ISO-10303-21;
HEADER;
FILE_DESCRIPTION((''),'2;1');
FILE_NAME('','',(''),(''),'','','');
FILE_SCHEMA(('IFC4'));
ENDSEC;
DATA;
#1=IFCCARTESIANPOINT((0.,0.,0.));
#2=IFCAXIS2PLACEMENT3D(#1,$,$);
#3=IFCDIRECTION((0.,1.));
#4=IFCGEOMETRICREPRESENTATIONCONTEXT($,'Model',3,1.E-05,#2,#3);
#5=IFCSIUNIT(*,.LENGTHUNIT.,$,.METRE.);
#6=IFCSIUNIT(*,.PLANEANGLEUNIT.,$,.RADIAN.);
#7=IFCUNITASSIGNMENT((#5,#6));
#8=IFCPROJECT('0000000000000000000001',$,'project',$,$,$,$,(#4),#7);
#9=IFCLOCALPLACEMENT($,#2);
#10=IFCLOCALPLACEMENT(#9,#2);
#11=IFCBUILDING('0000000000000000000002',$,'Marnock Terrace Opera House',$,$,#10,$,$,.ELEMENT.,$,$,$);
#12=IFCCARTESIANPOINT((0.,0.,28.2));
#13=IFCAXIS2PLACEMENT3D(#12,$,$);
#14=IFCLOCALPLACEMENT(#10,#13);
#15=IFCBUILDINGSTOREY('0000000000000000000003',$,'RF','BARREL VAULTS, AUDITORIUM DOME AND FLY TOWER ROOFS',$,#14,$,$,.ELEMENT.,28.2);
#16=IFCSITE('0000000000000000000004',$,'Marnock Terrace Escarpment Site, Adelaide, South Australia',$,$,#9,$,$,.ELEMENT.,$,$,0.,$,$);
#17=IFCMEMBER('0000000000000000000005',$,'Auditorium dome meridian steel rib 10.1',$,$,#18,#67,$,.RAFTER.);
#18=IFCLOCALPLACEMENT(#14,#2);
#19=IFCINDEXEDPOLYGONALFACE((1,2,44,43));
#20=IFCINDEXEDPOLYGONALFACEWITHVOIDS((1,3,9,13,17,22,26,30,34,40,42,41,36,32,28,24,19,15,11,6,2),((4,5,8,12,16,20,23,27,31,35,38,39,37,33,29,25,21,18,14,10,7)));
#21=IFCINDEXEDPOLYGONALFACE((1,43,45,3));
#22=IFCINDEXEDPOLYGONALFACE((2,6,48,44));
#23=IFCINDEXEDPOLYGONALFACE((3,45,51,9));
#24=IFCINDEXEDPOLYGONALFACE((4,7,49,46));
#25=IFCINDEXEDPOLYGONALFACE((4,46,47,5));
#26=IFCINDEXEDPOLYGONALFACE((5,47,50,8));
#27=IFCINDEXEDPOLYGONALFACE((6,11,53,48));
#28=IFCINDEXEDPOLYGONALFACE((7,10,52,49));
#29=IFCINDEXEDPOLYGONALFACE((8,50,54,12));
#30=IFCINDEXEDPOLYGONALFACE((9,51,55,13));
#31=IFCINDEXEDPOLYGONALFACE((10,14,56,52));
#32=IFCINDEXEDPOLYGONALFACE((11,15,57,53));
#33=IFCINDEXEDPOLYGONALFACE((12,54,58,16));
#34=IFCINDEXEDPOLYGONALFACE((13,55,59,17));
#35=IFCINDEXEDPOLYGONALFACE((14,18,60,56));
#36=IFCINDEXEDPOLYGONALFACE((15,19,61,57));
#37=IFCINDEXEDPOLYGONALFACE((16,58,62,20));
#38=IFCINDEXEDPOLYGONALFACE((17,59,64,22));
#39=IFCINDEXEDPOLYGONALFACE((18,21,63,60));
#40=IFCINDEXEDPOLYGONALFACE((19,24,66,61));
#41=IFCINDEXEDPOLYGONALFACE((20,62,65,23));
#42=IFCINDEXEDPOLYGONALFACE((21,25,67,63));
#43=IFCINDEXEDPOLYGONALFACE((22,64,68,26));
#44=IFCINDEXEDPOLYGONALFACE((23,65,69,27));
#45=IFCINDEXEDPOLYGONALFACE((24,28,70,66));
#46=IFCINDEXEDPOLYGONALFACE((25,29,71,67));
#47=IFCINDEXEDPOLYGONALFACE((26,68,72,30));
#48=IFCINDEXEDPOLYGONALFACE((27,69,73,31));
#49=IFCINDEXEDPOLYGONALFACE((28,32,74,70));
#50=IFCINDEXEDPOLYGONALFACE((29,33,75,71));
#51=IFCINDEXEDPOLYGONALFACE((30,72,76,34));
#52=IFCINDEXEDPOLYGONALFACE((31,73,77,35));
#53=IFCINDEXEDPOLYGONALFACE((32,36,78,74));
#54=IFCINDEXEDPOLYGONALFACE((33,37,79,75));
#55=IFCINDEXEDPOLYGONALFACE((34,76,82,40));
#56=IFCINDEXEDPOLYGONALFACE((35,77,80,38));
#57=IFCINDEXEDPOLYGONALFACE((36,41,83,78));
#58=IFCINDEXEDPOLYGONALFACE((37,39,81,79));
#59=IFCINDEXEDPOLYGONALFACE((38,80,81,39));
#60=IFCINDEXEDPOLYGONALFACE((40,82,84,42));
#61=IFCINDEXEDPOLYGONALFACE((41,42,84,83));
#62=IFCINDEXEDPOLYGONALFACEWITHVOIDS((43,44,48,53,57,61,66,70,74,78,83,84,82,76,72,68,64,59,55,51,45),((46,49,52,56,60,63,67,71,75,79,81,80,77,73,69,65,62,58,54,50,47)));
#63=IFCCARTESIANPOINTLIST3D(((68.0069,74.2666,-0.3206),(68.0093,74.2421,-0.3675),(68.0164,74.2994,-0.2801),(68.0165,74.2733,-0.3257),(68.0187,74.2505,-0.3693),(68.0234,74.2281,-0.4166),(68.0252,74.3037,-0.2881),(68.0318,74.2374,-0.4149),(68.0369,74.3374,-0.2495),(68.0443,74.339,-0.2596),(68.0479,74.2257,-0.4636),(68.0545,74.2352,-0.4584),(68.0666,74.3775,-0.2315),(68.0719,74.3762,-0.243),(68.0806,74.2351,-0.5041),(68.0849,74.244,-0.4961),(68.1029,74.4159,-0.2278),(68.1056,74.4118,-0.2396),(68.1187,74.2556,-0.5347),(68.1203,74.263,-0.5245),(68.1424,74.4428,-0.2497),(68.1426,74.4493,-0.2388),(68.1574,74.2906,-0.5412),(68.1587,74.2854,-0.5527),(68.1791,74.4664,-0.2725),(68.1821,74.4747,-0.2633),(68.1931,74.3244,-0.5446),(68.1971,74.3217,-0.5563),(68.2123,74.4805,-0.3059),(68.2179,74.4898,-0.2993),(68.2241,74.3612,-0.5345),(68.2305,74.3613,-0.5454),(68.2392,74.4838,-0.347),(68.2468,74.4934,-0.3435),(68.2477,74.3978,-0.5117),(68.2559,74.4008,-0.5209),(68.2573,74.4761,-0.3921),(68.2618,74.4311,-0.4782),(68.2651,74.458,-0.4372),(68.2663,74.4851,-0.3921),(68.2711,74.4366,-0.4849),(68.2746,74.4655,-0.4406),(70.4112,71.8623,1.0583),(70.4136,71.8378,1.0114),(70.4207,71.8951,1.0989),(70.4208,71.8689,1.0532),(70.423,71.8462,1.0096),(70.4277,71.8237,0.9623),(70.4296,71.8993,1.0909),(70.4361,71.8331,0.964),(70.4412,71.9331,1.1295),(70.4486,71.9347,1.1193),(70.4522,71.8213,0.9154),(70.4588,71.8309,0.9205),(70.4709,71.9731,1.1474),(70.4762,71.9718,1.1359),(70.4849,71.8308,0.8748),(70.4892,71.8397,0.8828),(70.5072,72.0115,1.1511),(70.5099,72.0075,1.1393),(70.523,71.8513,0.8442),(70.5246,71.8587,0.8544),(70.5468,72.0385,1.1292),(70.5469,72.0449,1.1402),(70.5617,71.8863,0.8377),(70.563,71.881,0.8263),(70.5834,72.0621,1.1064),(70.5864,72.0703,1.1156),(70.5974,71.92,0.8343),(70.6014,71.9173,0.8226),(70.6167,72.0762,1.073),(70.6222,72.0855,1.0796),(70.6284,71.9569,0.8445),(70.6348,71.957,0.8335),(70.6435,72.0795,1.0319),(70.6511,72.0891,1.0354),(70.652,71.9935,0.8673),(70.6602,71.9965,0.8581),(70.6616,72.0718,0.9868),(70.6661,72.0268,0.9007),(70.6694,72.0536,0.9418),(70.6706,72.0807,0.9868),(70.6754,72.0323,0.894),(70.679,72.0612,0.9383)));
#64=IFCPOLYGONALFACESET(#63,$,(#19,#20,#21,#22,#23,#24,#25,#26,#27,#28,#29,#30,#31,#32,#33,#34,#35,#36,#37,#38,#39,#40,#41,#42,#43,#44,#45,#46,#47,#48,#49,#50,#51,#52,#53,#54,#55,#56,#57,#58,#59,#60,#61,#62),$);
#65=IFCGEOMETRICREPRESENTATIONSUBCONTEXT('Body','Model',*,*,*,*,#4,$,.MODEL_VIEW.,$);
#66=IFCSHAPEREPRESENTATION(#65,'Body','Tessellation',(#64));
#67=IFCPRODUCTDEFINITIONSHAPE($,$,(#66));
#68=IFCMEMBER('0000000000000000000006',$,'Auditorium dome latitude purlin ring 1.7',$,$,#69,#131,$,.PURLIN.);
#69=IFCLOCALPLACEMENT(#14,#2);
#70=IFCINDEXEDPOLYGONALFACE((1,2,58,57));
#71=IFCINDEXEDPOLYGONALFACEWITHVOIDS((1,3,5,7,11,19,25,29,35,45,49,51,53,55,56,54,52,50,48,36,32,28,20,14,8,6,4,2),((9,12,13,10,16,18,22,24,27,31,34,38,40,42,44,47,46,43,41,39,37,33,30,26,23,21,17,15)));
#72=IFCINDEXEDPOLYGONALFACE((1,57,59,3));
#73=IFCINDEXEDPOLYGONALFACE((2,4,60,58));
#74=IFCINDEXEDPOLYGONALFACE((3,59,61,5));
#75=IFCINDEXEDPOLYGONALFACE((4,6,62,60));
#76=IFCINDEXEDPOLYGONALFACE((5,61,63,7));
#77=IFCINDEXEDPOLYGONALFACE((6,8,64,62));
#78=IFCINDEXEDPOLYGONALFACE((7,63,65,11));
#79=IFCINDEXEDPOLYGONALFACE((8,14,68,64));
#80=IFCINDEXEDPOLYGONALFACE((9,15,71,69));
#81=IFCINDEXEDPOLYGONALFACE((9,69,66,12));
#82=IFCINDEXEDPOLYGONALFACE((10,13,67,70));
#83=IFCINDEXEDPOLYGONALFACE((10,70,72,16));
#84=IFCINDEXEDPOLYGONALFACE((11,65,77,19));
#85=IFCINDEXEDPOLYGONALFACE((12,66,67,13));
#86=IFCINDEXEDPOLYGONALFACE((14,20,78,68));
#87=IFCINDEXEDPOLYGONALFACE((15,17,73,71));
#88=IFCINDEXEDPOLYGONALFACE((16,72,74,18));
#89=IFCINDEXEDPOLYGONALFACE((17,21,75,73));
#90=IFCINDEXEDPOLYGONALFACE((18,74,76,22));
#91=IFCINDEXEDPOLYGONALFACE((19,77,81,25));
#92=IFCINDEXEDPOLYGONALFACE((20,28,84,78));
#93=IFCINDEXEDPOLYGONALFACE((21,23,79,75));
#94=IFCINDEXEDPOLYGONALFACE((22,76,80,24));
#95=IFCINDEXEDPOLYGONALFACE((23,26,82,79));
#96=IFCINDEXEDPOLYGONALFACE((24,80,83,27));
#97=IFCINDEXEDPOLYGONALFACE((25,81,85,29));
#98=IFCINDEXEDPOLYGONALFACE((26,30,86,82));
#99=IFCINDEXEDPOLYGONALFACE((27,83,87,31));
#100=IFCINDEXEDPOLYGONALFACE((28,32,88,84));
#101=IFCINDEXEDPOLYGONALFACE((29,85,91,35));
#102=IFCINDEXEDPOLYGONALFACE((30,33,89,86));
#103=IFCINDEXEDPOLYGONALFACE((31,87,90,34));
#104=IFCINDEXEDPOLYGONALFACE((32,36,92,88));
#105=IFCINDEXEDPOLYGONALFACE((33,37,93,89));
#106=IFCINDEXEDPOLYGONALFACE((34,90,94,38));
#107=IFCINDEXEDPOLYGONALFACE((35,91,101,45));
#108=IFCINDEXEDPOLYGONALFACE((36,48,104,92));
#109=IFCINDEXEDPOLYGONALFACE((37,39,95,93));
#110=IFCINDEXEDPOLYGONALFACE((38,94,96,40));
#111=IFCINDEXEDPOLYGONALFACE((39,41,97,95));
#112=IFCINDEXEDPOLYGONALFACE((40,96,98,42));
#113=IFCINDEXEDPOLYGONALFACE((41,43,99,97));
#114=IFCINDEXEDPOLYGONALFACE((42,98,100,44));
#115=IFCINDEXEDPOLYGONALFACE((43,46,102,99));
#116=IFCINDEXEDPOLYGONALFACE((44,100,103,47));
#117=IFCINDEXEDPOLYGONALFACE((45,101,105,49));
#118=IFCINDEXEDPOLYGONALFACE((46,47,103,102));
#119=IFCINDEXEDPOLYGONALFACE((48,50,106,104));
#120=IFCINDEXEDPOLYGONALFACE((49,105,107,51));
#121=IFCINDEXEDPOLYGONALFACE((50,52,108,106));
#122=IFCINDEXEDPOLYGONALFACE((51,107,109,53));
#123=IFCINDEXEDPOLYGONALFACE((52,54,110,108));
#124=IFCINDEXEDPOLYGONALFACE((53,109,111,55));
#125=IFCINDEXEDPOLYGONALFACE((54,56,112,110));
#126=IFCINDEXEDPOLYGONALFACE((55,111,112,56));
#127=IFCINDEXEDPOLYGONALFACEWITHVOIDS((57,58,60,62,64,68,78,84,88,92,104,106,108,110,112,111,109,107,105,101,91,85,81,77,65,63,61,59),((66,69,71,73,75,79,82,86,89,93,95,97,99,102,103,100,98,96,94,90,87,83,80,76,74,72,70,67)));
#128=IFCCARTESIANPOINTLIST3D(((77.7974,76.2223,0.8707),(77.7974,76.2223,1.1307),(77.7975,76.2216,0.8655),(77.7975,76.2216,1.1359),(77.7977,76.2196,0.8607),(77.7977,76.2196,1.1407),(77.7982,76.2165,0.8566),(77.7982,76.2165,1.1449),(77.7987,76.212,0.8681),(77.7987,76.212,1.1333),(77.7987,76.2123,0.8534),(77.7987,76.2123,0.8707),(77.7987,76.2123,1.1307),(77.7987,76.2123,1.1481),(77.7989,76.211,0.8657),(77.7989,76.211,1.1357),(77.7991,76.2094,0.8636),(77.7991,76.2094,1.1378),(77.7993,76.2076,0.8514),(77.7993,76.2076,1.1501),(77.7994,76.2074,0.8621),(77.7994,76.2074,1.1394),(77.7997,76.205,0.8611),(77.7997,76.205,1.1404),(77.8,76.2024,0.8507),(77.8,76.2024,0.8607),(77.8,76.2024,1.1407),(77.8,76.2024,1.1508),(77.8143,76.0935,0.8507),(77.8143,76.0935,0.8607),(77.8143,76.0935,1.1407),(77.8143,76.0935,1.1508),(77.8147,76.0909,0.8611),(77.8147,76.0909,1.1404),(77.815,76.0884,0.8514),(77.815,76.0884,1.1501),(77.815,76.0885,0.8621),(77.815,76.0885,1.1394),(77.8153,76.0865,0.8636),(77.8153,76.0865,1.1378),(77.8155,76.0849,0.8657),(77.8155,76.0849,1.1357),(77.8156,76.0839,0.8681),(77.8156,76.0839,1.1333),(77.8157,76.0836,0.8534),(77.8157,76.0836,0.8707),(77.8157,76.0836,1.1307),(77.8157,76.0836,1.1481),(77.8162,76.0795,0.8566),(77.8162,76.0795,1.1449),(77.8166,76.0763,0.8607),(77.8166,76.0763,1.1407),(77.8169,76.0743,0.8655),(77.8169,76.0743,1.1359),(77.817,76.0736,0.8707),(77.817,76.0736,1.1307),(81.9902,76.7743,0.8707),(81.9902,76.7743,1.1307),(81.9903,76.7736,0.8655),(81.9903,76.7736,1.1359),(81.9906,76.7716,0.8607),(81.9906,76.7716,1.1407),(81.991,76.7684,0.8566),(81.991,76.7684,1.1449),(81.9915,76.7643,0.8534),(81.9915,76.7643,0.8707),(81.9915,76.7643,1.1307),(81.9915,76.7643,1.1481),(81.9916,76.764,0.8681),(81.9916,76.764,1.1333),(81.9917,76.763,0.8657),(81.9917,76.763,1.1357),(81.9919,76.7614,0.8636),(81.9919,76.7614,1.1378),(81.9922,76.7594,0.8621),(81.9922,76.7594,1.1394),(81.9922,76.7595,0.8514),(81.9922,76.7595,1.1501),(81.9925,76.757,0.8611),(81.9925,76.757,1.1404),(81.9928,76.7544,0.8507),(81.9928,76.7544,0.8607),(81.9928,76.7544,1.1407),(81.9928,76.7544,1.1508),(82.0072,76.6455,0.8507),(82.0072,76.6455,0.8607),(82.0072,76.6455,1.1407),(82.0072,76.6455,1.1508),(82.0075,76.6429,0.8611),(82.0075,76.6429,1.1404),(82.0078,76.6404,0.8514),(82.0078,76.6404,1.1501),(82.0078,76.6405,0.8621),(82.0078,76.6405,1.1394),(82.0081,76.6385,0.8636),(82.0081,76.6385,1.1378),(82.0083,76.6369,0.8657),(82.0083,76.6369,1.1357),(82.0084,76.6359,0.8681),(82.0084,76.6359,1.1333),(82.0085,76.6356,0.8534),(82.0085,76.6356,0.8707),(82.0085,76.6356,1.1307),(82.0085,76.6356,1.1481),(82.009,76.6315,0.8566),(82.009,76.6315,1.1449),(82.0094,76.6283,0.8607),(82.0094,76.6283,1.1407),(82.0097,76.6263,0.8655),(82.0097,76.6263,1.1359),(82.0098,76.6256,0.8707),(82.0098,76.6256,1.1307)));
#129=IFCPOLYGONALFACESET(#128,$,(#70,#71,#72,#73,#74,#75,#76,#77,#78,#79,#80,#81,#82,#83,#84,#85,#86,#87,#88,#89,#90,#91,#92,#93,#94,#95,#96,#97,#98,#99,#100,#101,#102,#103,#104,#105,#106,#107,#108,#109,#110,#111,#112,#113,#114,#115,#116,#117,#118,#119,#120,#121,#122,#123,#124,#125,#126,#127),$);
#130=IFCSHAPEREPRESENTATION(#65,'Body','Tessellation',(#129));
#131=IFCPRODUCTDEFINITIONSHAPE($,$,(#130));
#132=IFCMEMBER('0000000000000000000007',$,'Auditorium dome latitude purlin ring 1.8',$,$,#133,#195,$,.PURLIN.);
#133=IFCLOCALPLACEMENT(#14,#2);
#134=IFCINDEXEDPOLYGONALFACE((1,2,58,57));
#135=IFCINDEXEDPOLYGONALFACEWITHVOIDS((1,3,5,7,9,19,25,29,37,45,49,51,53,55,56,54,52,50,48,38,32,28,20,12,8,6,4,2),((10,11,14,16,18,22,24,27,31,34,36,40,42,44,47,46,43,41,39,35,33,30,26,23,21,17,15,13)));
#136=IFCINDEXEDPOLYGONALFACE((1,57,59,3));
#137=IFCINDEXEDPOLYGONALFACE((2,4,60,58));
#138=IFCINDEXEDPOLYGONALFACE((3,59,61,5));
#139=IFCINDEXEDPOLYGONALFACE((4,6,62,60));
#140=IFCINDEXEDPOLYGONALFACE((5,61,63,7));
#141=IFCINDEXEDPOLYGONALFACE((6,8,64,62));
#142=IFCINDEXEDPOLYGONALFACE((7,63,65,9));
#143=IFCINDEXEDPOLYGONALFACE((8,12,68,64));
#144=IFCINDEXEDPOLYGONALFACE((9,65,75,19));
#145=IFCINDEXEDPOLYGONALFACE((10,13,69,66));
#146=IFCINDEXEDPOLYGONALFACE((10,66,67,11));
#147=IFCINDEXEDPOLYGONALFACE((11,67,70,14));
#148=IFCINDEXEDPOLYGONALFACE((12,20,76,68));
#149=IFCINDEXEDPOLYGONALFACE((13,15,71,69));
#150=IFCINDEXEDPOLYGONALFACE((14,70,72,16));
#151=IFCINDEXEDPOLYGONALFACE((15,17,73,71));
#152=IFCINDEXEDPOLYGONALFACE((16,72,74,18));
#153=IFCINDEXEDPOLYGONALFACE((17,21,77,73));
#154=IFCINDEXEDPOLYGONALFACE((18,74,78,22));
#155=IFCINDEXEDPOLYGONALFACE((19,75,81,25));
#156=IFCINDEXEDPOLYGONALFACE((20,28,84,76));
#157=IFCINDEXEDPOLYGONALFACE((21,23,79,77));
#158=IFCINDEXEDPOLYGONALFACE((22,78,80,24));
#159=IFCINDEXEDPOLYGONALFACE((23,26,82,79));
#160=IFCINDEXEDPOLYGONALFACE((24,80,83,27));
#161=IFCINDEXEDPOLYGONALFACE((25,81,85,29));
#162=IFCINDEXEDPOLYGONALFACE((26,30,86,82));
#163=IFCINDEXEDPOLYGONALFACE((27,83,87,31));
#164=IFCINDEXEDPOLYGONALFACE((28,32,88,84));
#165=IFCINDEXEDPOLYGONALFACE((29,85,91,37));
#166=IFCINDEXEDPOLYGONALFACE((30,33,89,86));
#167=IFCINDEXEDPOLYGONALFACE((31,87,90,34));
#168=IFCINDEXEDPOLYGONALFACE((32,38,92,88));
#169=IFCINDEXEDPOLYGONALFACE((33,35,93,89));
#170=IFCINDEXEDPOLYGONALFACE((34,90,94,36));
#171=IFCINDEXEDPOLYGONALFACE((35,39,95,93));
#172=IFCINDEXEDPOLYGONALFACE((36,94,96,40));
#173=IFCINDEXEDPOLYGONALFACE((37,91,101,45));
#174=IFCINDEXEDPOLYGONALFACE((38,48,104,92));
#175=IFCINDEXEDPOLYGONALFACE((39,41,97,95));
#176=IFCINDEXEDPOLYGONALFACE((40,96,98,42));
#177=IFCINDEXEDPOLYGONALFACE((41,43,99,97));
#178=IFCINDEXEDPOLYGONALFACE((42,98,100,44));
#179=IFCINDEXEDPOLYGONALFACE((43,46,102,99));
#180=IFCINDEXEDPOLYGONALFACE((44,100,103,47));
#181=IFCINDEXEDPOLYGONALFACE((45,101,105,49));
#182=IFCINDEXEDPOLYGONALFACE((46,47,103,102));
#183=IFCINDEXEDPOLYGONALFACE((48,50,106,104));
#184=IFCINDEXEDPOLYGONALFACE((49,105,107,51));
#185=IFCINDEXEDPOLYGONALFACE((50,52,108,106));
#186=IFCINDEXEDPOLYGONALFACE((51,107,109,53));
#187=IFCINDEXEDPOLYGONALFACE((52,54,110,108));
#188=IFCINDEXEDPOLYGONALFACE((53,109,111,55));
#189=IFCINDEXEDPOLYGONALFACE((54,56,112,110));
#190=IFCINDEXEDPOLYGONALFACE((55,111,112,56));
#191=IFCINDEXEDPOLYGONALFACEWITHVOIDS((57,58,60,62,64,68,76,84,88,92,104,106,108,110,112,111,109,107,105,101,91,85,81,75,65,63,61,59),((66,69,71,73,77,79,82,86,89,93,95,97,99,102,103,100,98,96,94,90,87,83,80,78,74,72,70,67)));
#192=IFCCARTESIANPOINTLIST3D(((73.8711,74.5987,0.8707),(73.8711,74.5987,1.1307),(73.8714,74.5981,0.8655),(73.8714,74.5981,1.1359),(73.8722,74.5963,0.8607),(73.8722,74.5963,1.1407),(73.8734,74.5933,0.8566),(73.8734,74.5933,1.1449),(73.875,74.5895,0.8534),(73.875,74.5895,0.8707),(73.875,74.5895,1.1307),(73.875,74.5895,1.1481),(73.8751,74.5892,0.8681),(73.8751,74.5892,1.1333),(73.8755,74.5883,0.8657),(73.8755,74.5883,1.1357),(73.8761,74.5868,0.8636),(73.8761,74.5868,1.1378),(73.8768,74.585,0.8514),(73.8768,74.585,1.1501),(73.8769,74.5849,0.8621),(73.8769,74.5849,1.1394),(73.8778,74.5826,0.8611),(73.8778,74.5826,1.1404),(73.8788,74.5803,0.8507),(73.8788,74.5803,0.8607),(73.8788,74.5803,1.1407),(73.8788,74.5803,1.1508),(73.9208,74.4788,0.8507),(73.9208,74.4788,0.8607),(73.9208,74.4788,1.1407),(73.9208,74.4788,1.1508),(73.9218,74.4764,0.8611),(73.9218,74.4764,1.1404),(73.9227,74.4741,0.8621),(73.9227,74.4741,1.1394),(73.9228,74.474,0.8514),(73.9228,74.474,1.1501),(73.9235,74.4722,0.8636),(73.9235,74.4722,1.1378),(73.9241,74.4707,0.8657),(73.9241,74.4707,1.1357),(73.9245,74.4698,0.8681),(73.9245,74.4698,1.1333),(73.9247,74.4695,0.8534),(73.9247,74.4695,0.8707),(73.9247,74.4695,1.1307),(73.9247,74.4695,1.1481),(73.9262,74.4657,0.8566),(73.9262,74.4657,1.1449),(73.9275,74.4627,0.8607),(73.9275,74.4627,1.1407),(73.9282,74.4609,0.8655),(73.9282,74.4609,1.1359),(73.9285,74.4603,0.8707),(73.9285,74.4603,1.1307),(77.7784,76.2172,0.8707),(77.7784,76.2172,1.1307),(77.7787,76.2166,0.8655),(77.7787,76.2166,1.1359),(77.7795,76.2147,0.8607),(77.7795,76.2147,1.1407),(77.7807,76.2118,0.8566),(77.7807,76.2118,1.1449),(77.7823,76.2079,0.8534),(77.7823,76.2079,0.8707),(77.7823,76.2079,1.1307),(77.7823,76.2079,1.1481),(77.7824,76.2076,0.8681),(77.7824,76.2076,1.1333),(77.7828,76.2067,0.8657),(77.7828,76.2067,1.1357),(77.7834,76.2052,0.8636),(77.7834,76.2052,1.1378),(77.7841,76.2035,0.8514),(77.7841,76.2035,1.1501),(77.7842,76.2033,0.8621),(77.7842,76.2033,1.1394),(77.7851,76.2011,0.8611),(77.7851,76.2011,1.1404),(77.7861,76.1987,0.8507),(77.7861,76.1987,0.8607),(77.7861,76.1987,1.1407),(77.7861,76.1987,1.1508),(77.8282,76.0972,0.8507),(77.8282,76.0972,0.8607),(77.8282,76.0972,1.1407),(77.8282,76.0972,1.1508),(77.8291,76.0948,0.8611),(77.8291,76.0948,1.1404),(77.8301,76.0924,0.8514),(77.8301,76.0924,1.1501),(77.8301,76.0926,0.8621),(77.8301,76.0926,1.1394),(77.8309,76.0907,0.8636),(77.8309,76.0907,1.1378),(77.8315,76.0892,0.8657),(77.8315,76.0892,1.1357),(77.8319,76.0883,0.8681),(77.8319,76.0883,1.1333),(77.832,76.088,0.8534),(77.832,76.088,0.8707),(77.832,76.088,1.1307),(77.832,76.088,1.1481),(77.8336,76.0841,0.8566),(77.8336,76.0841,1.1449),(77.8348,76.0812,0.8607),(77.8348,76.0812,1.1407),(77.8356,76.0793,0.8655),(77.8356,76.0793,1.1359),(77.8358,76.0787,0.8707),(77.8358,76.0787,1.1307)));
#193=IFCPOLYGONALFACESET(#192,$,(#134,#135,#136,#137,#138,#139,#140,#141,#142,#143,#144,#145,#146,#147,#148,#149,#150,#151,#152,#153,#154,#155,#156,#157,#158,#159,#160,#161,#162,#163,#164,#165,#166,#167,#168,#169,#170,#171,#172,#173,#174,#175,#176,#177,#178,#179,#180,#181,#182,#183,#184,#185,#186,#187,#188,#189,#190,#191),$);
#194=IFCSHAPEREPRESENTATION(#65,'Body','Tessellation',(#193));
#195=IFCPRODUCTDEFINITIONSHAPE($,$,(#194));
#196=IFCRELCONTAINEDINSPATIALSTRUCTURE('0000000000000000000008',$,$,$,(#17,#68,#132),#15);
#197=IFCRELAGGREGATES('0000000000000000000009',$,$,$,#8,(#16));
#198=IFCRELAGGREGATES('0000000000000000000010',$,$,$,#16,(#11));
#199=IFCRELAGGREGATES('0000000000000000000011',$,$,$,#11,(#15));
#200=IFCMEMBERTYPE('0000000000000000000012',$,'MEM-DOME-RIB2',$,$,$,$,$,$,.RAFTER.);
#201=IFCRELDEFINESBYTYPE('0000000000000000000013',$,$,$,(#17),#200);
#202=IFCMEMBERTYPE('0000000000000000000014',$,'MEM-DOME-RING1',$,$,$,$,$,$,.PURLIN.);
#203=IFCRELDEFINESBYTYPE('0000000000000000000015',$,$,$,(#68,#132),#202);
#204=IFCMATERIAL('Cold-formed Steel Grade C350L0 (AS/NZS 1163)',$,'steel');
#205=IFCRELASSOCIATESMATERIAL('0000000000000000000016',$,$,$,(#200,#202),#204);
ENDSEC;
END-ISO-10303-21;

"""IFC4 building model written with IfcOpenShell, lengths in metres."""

from ifc_helpers import new_model, si_unit, direction, frame, origin, origin_2d, place, context, subcontext, project, spatial, hollow_rectangle, hollow_circle, extrude, material, material_profile, profile_set, type_object, element, save


model = new_model("IFC4")

# Units and contexts
model_context = context("Model", 3, precision=1e-05, world=origin(), true_north=direction((0.0, 1.0)))
body_context = subcontext(model_context, "Body", "Model", "MODEL_VIEW")
ifc_project = project(units=[si_unit("LENGTHUNIT", "METRE"), si_unit("PLANEANGLEUNIT", "RADIAN")], contexts=[model_context])

# Site, building, storey
site_placement = place(None, origin())
site = spatial("IfcSite", under=ifc_project, at=site_placement, Name="Marnock Terrace Escarpment Site, Adelaide, South Australia", CompositionType="ELEMENT", RefElevation=0.0)
building_placement = place(site_placement, origin())
building = spatial("IfcBuilding", under=site, at=building_placement, Name="Marnock Terrace Opera House", CompositionType="ELEMENT")
storey_placement = place(building_placement, frame((0.0, 0.0, 28.2)))
storey = spatial("IfcBuildingStorey", under=building, at=storey_placement, Name="RF", Description="BARREL VAULTS, AUDITORIUM DOME AND FLY TOWER ROOFS", CompositionType="ELEMENT", Elevation=28.2)

# Members
ifc_material_1 = material(Name="Cold-formed Steel Grade C350L0 (AS/NZS 1163)", Category="steel")
ifc_material_profile_1 = material_profile(ifc_material_1, hollow_circle(Radius=0.1777, WallThickness=0.0127, at=origin_2d()))
ifc_profile_set_1 = profile_set([ifc_material_profile_1], Name="Cold-formed Steel Grade C350L0 (AS/NZS 1163)")
member_type_1 = type_object("IfcMemberType", Name="MEM-DOME-RIB2", PredefinedType="RAFTER", material=ifc_profile_set_1)
member_1_placement = place(storey_placement, frame((68.1406, 74.3594, -0.3921), z_axis=(0.655273, -0.655273, 0.375811), x_axis=(0.707107, 0.707107, 0.0)))
element("IfcMember", 1, at=member_1_placement, inside=storey, type_object=member_type_1, Name="Auditorium dome meridian steel rib 10.1", PredefinedType="RAFTER", context=body_context, shape_type="SweptSolid", body=[
    extrude(hollow_circle(Radius=0.1777, WallThickness=0.0127, at=origin_2d()), origin(), (0.0, 0.0, 1.0), 3.6692),
])
ifc_material_profile_2 = material_profile(ifc_material_1, hollow_rectangle(XDim=0.1499, YDim=0.3, WallThickness=0.01, InnerFilletRadius=0.01, OuterFilletRadius=0.02, at=origin_2d()))
ifc_profile_set_2 = profile_set([ifc_material_profile_2], Name="Cold-formed Steel Grade C350L0 (AS/NZS 1163)")
member_type_2 = type_object("IfcMemberType", Name="MEM-DOME-RING1", PredefinedType="PURLIN", material=ifc_profile_set_2)
member_2_placement = place(storey_placement, frame((82.0, 76.7, 1.0007), z_axis=(-0.991445, -0.130526, 0.0), x_axis=(0.130526, -0.991445, 0.0)))
element("IfcMember", 2, at=member_2_placement, inside=storey, type_object=member_type_2, Name="Auditorium dome latitude purlin ring 1.7", PredefinedType="PURLIN", context=body_context, shape_type="SweptSolid", body=[
    extrude(hollow_rectangle(XDim=0.1499, YDim=0.3, WallThickness=0.01, InnerFilletRadius=0.01, OuterFilletRadius=0.02, at=origin_2d()), origin(), (0.0, 0.0, 1.0), 4.229),
])
member_3_placement = place(storey_placement, frame((77.8071, 76.1479, 1.0007), z_axis=(-0.923881, -0.38268, 0.0), x_axis=(0.38268, -0.923881, 0.0)))
element("IfcMember", 3, at=member_3_placement, inside=storey, type_object=member_type_2, Name="Auditorium dome latitude purlin ring 1.8", PredefinedType="PURLIN", context=body_context, shape_type="SweptSolid", body=[
    extrude(hollow_rectangle(XDim=0.1499, YDim=0.3, WallThickness=0.01, InnerFilletRadius=0.01, OuterFilletRadius=0.02, at=origin_2d()), origin(), (0.0, 0.0, 1.0), 4.2292),
])

save(model, "model.ifc")
